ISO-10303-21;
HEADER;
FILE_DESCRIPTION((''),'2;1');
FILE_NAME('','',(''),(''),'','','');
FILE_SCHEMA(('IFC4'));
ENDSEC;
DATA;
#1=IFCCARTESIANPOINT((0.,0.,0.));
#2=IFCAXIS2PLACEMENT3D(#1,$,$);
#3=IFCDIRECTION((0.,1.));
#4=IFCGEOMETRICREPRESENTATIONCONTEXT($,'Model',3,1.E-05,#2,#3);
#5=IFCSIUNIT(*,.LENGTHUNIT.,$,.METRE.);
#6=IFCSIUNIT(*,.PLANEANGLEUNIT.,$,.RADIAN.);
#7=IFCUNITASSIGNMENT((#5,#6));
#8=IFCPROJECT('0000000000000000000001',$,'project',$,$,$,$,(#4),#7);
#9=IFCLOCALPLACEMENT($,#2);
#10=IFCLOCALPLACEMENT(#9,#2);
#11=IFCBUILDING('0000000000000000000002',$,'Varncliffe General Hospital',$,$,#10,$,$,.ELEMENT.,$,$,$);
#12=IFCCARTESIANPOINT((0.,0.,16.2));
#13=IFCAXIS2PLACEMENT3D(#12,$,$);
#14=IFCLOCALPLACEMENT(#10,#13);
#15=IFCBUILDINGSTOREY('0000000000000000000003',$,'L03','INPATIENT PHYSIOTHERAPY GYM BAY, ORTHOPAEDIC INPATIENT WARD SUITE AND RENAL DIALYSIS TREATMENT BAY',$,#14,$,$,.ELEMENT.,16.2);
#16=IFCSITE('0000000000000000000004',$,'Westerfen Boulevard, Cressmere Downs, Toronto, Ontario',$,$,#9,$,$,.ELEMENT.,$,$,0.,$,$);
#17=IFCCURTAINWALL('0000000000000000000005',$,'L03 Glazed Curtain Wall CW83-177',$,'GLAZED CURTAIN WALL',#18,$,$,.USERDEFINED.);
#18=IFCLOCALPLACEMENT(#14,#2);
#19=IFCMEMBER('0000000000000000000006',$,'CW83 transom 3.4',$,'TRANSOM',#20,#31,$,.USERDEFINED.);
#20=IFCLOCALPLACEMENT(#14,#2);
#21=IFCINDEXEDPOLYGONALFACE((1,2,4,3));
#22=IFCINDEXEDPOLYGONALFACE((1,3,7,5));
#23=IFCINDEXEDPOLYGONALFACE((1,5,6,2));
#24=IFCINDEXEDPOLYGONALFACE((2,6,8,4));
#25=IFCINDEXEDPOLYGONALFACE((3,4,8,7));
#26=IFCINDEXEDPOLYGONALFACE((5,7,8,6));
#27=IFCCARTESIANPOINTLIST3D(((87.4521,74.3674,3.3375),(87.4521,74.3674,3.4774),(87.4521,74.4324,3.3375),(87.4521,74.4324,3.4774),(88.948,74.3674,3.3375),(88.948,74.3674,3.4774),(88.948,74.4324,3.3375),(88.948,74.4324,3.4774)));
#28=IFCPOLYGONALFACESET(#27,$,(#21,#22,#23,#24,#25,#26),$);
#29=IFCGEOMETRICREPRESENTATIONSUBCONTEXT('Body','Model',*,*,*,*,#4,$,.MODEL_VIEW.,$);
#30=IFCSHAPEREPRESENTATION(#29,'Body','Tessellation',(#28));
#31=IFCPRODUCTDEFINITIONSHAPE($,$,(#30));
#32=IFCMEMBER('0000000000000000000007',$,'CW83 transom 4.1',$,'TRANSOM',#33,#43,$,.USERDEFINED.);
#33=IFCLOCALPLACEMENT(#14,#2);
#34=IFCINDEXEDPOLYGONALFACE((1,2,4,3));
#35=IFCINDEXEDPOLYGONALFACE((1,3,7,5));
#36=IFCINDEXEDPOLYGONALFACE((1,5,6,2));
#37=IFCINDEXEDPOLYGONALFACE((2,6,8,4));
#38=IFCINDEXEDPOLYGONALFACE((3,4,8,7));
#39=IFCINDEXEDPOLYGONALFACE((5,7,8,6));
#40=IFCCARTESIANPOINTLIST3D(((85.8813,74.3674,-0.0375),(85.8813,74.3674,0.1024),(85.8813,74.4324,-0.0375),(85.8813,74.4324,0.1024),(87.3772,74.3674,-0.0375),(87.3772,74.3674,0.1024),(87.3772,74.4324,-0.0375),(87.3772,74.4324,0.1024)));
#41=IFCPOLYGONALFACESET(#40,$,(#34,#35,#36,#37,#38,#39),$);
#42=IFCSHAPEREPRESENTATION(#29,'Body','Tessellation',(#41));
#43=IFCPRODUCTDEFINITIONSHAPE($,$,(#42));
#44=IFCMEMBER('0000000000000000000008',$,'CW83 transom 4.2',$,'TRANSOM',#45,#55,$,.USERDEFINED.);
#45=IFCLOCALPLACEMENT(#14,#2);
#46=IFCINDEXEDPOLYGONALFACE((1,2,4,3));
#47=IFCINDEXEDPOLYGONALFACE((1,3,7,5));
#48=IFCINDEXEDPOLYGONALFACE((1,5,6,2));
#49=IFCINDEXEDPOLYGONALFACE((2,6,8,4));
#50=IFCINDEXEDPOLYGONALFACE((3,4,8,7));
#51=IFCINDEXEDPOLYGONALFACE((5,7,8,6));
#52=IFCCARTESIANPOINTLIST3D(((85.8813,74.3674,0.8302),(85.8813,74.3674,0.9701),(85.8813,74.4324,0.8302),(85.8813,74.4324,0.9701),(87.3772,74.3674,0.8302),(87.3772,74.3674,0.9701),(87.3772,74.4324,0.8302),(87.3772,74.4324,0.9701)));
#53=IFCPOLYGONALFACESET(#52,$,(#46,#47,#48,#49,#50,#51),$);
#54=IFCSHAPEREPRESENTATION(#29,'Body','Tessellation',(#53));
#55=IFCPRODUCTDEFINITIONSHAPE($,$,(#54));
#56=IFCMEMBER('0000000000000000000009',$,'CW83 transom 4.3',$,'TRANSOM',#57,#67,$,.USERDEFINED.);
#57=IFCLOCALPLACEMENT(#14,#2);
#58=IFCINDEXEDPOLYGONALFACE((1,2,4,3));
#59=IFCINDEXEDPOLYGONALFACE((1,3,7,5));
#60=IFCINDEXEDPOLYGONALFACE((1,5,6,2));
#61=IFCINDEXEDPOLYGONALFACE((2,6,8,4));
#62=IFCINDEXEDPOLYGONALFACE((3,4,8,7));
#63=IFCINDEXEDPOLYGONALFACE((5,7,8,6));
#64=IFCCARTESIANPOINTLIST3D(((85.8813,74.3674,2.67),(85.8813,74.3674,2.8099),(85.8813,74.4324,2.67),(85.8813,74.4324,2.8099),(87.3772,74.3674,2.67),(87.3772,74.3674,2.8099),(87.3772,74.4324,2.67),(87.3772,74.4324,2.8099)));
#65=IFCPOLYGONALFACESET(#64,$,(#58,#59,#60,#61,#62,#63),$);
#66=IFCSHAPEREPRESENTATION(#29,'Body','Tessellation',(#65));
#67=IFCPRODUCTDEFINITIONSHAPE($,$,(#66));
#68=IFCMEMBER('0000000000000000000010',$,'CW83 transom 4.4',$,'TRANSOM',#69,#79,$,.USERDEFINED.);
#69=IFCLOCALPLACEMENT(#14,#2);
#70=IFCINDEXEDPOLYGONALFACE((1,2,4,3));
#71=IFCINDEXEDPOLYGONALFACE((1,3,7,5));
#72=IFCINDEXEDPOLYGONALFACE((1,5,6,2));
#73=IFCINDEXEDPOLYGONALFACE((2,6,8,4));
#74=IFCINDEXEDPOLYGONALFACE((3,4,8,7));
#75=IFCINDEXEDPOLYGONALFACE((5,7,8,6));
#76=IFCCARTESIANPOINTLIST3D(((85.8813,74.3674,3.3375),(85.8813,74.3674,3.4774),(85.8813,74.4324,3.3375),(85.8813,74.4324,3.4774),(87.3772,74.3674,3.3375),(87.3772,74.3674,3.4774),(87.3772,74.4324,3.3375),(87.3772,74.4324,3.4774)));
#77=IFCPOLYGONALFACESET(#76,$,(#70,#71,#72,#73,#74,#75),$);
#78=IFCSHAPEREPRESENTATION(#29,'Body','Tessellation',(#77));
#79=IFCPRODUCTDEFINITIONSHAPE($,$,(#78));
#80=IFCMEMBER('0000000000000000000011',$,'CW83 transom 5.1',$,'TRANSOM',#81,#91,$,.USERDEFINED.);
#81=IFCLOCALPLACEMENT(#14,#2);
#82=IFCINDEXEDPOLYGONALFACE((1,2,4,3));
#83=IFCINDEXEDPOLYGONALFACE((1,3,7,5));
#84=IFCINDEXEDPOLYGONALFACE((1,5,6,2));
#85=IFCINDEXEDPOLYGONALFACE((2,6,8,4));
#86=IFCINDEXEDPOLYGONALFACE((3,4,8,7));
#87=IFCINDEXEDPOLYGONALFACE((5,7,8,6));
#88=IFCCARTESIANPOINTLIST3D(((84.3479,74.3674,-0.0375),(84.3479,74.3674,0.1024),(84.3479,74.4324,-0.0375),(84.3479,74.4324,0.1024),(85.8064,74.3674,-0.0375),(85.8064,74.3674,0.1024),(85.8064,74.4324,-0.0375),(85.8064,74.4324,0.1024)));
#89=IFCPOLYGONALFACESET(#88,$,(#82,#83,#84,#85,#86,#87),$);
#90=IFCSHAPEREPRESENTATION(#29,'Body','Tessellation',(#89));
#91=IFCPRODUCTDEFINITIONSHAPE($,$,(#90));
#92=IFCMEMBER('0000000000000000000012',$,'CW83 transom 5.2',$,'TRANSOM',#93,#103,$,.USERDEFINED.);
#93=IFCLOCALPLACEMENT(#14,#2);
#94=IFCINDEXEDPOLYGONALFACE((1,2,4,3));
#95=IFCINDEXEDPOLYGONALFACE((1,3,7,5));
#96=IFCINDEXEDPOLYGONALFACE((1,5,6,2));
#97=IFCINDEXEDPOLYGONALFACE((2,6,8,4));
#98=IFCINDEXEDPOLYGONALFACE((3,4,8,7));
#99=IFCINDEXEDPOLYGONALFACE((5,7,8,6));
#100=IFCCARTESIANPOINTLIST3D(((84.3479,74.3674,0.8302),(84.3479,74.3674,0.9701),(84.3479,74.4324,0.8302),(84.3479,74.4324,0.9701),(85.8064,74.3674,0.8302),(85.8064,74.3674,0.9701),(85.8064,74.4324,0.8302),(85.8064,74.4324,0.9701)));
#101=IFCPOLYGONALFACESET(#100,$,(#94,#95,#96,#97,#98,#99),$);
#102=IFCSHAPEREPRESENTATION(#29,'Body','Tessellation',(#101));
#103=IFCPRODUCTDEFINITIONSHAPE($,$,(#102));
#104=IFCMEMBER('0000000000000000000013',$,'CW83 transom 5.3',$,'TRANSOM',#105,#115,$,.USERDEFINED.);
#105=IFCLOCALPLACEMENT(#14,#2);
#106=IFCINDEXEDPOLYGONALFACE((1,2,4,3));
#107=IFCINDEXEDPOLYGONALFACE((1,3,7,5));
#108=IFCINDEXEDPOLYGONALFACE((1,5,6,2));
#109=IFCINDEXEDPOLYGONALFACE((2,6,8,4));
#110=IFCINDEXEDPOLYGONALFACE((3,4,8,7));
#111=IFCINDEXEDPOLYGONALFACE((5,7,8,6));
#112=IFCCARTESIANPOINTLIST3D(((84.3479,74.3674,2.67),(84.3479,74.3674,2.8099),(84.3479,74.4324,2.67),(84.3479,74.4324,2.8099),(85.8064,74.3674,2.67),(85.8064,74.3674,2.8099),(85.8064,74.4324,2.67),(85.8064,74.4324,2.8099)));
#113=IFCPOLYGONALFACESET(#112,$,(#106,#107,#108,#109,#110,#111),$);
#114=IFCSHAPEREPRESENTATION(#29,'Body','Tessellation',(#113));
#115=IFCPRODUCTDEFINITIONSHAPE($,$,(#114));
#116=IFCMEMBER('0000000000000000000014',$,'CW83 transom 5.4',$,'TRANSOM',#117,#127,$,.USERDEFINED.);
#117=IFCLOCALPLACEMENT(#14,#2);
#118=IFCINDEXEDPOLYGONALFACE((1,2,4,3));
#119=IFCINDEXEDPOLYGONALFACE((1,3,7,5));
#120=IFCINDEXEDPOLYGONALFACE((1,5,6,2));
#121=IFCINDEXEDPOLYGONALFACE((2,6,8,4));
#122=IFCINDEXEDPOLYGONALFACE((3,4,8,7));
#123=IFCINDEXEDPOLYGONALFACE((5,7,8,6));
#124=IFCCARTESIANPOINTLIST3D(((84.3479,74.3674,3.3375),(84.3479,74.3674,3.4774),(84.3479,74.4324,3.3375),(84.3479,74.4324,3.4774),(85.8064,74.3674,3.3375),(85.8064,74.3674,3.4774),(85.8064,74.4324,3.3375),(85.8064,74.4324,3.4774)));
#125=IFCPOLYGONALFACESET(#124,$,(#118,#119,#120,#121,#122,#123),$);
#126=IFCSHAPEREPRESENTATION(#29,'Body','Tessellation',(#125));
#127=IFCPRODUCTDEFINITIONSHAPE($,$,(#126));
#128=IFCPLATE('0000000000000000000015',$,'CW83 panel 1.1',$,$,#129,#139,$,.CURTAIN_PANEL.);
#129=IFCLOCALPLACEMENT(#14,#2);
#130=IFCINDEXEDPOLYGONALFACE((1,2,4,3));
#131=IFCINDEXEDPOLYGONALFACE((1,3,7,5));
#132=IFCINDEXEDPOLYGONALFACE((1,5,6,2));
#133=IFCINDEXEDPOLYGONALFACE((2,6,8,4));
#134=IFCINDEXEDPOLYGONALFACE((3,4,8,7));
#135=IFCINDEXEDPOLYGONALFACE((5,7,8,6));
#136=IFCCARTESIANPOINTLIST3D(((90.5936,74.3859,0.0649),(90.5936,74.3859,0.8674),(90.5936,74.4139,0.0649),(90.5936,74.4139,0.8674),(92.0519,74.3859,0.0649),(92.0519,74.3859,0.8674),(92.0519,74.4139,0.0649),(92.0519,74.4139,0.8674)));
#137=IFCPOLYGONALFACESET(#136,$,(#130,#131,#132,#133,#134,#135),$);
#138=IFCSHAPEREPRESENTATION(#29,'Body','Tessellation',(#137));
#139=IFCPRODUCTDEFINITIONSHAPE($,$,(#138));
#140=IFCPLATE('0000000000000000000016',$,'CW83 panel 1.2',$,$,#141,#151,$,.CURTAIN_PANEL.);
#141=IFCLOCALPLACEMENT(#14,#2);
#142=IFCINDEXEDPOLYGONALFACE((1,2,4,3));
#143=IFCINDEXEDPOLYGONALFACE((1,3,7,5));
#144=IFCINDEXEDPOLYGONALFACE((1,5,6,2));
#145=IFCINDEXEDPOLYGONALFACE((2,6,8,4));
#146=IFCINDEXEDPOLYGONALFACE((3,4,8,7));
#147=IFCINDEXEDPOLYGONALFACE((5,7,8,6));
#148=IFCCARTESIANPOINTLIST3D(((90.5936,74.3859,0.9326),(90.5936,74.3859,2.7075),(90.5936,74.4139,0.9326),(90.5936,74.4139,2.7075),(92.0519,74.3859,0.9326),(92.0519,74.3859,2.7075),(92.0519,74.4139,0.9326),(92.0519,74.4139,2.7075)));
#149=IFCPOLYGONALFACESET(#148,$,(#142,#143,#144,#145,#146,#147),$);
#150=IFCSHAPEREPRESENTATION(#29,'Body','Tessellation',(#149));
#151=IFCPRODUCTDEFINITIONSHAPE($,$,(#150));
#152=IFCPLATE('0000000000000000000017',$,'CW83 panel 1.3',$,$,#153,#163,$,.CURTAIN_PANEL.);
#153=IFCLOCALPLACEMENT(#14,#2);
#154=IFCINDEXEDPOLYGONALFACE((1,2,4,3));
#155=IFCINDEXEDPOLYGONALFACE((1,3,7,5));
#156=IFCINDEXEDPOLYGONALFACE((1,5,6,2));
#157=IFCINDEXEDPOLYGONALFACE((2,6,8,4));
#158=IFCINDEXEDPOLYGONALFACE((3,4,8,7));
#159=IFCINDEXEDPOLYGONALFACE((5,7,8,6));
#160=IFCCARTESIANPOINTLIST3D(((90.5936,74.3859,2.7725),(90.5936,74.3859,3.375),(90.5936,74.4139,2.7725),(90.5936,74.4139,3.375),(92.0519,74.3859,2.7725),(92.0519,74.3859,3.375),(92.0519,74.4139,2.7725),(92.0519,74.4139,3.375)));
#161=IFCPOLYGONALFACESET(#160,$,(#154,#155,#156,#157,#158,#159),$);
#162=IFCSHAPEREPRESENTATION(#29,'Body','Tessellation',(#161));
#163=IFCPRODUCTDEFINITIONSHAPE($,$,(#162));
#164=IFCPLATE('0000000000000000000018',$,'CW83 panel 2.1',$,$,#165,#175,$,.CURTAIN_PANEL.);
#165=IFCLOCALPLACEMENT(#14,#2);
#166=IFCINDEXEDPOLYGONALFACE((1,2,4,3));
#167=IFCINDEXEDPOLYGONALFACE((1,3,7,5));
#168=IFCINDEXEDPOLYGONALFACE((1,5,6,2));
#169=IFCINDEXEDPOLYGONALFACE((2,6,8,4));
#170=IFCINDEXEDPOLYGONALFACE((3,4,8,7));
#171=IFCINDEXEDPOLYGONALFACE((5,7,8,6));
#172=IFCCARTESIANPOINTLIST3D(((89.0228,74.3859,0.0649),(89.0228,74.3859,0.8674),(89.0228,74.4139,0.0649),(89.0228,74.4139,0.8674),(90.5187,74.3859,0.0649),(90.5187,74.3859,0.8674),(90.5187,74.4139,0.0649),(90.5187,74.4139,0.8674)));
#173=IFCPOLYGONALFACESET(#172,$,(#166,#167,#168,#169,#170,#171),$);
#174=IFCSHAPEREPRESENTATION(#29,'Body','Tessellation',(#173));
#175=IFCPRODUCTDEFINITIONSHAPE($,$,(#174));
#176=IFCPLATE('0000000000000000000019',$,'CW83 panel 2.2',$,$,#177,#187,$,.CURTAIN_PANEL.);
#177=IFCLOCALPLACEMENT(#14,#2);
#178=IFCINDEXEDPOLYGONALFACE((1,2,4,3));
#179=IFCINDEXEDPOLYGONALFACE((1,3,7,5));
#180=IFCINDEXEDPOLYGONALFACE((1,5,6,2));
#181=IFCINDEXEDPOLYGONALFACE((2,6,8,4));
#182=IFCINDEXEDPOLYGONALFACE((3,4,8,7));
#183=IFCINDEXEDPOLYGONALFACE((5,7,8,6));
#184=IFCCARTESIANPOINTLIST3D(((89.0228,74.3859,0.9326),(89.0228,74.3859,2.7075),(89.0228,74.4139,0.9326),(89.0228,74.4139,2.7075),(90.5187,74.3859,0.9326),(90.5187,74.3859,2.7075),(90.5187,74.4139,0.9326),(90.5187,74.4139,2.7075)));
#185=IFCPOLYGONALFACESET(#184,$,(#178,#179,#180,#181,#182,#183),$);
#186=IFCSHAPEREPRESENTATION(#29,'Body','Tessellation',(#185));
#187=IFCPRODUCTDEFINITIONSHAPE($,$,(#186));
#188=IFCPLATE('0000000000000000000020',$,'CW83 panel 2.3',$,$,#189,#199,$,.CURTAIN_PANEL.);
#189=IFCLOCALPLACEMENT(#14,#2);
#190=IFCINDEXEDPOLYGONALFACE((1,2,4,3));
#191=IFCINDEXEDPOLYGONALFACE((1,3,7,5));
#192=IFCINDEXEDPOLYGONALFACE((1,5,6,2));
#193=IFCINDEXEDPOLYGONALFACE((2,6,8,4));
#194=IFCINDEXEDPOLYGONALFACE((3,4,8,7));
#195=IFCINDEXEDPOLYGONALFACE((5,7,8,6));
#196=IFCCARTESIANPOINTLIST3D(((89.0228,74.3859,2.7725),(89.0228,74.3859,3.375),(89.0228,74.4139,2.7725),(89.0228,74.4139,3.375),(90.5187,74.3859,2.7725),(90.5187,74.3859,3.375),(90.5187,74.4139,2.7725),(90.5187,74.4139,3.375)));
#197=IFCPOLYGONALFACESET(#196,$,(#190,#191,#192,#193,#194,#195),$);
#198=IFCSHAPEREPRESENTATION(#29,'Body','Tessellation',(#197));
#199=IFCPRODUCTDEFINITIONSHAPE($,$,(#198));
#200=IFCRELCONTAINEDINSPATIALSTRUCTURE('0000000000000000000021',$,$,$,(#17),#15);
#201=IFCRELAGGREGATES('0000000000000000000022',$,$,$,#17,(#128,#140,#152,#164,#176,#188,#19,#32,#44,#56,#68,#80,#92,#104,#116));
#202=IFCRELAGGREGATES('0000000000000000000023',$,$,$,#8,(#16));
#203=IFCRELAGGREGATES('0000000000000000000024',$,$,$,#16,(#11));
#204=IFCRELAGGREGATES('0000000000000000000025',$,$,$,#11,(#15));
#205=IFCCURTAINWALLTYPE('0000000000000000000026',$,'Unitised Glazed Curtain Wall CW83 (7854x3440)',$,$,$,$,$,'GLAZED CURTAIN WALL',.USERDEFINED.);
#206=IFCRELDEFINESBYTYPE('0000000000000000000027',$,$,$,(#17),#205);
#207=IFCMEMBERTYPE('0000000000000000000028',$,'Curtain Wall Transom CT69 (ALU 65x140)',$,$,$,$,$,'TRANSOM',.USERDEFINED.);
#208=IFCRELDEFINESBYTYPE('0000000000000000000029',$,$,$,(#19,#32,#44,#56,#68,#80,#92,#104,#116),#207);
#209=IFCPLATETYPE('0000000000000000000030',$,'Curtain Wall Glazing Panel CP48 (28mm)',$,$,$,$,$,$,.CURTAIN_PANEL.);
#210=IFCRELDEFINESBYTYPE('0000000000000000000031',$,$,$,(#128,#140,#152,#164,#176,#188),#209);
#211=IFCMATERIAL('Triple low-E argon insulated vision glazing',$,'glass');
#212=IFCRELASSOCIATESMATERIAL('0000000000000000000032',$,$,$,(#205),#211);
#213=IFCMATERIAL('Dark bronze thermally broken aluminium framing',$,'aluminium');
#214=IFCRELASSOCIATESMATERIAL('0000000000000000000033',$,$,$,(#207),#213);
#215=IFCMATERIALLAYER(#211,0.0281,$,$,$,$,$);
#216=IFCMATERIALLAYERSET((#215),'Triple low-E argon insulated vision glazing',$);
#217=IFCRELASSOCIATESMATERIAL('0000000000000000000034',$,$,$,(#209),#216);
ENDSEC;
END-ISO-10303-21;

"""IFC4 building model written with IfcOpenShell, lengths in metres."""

from ifc_helpers import new_model, si_unit, direction, frame, origin, origin_2d, place, context, subcontext, project, spatial, rectangle, extrude, material, layer, layer_set, material_profile, profile_set, type_object, element, aggregate, save


model = new_model("IFC4")

# Units and contexts
model_context = context("Model", 3, precision=1e-05, world=origin(), true_north=direction((0.0, 1.0)))
body_context = subcontext(model_context, "Body", "Model", "MODEL_VIEW")
ifc_project = project(units=[si_unit("LENGTHUNIT", "METRE"), si_unit("PLANEANGLEUNIT", "RADIAN")], contexts=[model_context])

# Site, building, storey
site_placement = place(None, origin())
site = spatial("IfcSite", under=ifc_project, at=site_placement, Name="Westerfen Boulevard, Cressmere Downs, Toronto, Ontario", CompositionType="ELEMENT", RefElevation=0.0)
building_placement = place(site_placement, origin())
building = spatial("IfcBuilding", under=site, at=building_placement, Name="Varncliffe General Hospital", CompositionType="ELEMENT")
storey_placement = place(building_placement, frame((0.0, 0.0, 16.2)))
storey = spatial("IfcBuildingStorey", under=building, at=storey_placement, Name="L03", Description="INPATIENT PHYSIOTHERAPY GYM BAY, ORTHOPAEDIC INPATIENT WARD SUITE AND RENAL DIALYSIS TREATMENT BAY", CompositionType="ELEMENT", Elevation=16.2)

# Curtain wall, members, plates
ifc_material_1 = material(Name="Triple low-E argon insulated vision glazing", Category="glass")
curtain_wall_type = type_object("IfcCurtainWallType", Name="Unitised Glazed Curtain Wall CW83 (7854x3440)", ElementType="GLAZED CURTAIN WALL", PredefinedType="USERDEFINED", material=ifc_material_1)
curtain_wall_placement = place(storey_placement, origin())
curtain_wall = element("IfcCurtainWall", 1, at=curtain_wall_placement, inside=storey, type_object=curtain_wall_type, Name="L03 Glazed Curtain Wall CW83-177", ObjectType="GLAZED CURTAIN WALL", PredefinedType="USERDEFINED")
ifc_material_2 = material(Name="Dark bronze thermally broken aluminium framing", Category="aluminium")
ifc_material_profile_1 = material_profile(ifc_material_2, rectangle(XDim=0.0649, YDim=0.1399, at=origin_2d()), Name="ALU 65x140")
ifc_profile_set_1 = profile_set([ifc_material_profile_1], Name="Dark bronze thermally broken aluminium framing")
member_type_1 = type_object("IfcMemberType", Name="Curtain Wall Transom CT69 (ALU 65x140)", ElementType="TRANSOM", PredefinedType="USERDEFINED", material=ifc_profile_set_1)
member_1_placement = place(storey_placement, frame((88.948, 74.3999, 3.4075), z_axis=(-1.0, 0.0, 0.0), x_axis=(0.0, -1.0, 0.0)))
member_1 = element("IfcMember", 2, at=member_1_placement, type_object=member_type_1, Name="CW83 transom 3.4", ObjectType="TRANSOM", PredefinedType="USERDEFINED", context=body_context, shape_type="SweptSolid", body=[
    extrude(rectangle(XDim=0.0649, YDim=0.1399, at=origin_2d()), origin(), (0.0, 0.0, 1.0), 1.4958),
])
member_2_placement = place(storey_placement, frame((87.3772, 74.3999, 0.0325), z_axis=(-1.0, 0.0, 0.0), x_axis=(0.0, -1.0, 0.0)))
member_2 = element("IfcMember", 3, at=member_2_placement, type_object=member_type_1, Name="CW83 transom 4.1", ObjectType="TRANSOM", PredefinedType="USERDEFINED", context=body_context, shape_type="SweptSolid", body=[
    extrude(rectangle(XDim=0.0649, YDim=0.1399, at=origin_2d()), origin(), (0.0, 0.0, 1.0), 1.4958),
])
member_3_placement = place(storey_placement, frame((87.3772, 74.3999, 0.9001), z_axis=(-1.0, 0.0, 0.0), x_axis=(0.0, -1.0, 0.0)))
member_3 = element("IfcMember", 4, at=member_3_placement, type_object=member_type_1, Name="CW83 transom 4.2", ObjectType="TRANSOM", PredefinedType="USERDEFINED", context=body_context, shape_type="SweptSolid", body=[
    extrude(rectangle(XDim=0.0649, YDim=0.1399, at=origin_2d()), origin(), (0.0, 0.0, 1.0), 1.4958),
])
member_4_placement = place(storey_placement, frame((87.3772, 74.3999, 2.74), z_axis=(-1.0, 0.0, 0.0), x_axis=(0.0, -1.0, 0.0)))
member_4 = element("IfcMember", 5, at=member_4_placement, type_object=member_type_1, Name="CW83 transom 4.3", ObjectType="TRANSOM", PredefinedType="USERDEFINED", context=body_context, shape_type="SweptSolid", body=[
    extrude(rectangle(XDim=0.0649, YDim=0.1399, at=origin_2d()), origin(), (0.0, 0.0, 1.0), 1.4958),
])
member_5_placement = place(storey_placement, frame((87.3772, 74.3999, 3.4075), z_axis=(-1.0, 0.0, 0.0), x_axis=(0.0, -1.0, 0.0)))
member_5 = element("IfcMember", 6, at=member_5_placement, type_object=member_type_1, Name="CW83 transom 4.4", ObjectType="TRANSOM", PredefinedType="USERDEFINED", context=body_context, shape_type="SweptSolid", body=[
    extrude(rectangle(XDim=0.0649, YDim=0.1399, at=origin_2d()), origin(), (0.0, 0.0, 1.0), 1.4958),
])
member_6_placement = place(storey_placement, frame((85.8064, 74.3999, 0.0325), z_axis=(-1.0, 0.0, 0.0), x_axis=(0.0, -1.0, 0.0)))
member_6 = element("IfcMember", 7, at=member_6_placement, type_object=member_type_1, Name="CW83 transom 5.1", ObjectType="TRANSOM", PredefinedType="USERDEFINED", context=body_context, shape_type="SweptSolid", body=[
    extrude(rectangle(XDim=0.0649, YDim=0.1399, at=origin_2d()), origin(), (0.0, 0.0, 1.0), 1.4585),
])
member_7_placement = place(storey_placement, frame((85.8064, 74.3999, 0.9001), z_axis=(-1.0, 0.0, 0.0), x_axis=(0.0, -1.0, 0.0)))
member_7 = element("IfcMember", 8, at=member_7_placement, type_object=member_type_1, Name="CW83 transom 5.2", ObjectType="TRANSOM", PredefinedType="USERDEFINED", context=body_context, shape_type="SweptSolid", body=[
    extrude(rectangle(XDim=0.0649, YDim=0.1399, at=origin_2d()), origin(), (0.0, 0.0, 1.0), 1.4585),
])
member_8_placement = place(storey_placement, frame((85.8064, 74.3999, 2.74), z_axis=(-1.0, 0.0, 0.0), x_axis=(0.0, -1.0, 0.0)))
member_8 = element("IfcMember", 9, at=member_8_placement, type_object=member_type_1, Name="CW83 transom 5.3", ObjectType="TRANSOM", PredefinedType="USERDEFINED", context=body_context, shape_type="SweptSolid", body=[
    extrude(rectangle(XDim=0.0649, YDim=0.1399, at=origin_2d()), origin(), (0.0, 0.0, 1.0), 1.4585),
])
member_9_placement = place(storey_placement, frame((85.8064, 74.3999, 3.4075), z_axis=(-1.0, 0.0, 0.0), x_axis=(0.0, -1.0, 0.0)))
member_9 = element("IfcMember", 10, at=member_9_placement, type_object=member_type_1, Name="CW83 transom 5.4", ObjectType="TRANSOM", PredefinedType="USERDEFINED", context=body_context, shape_type="SweptSolid", body=[
    extrude(rectangle(XDim=0.0649, YDim=0.1399, at=origin_2d()), origin(), (0.0, 0.0, 1.0), 1.4585),
])
ifc_layer = layer(ifc_material_1, 0.0281)
ifc_layer_set = layer_set([ifc_layer], Name="Triple low-E argon insulated vision glazing")
plate_type = type_object("IfcPlateType", Name="Curtain Wall Glazing Panel CP48 (28mm)", PredefinedType="CURTAIN_PANEL", material=ifc_layer_set)
plate_1_placement = place(storey_placement, frame((91.3228, 74.3999, 0.0649), z_axis=(0.0, 0.0, 1.0), x_axis=(-1.0, 0.0, 0.0)))
plate_1 = element("IfcPlate", 11, at=plate_1_placement, type_object=plate_type, Name="CW83 panel 1.1", PredefinedType="CURTAIN_PANEL", context=body_context, shape_type="SweptSolid", body=[
    extrude(rectangle(XDim=1.4583, YDim=0.0281, at=origin_2d()), origin(), (0.0, 0.0, 1.0), 0.8025),
])
plate_2_placement = place(storey_placement, frame((91.3228, 74.3999, 0.9326), z_axis=(0.0, 0.0, 1.0), x_axis=(-1.0, 0.0, 0.0)))
plate_2 = element("IfcPlate", 12, at=plate_2_placement, type_object=plate_type, Name="CW83 panel 1.2", PredefinedType="CURTAIN_PANEL", context=body_context, shape_type="SweptSolid", body=[
    extrude(rectangle(XDim=1.4583, YDim=0.0281, at=origin_2d()), origin(), (0.0, 0.0, 1.0), 1.7749),
])
plate_3_placement = place(storey_placement, frame((91.3228, 74.3999, 2.7725), z_axis=(0.0, 0.0, 1.0), x_axis=(-1.0, 0.0, 0.0)))
plate_3 = element("IfcPlate", 13, at=plate_3_placement, type_object=plate_type, Name="CW83 panel 1.3", PredefinedType="CURTAIN_PANEL", context=body_context, shape_type="SweptSolid", body=[
    extrude(rectangle(XDim=1.4583, YDim=0.0281, at=origin_2d()), origin(), (0.0, 0.0, 1.0), 0.6025),
])
plate_4_placement = place(storey_placement, frame((89.7708, 74.3999, 0.0649), z_axis=(0.0, 0.0, 1.0), x_axis=(-1.0, 0.0, 0.0)))
plate_4 = element("IfcPlate", 14, at=plate_4_placement, type_object=plate_type, Name="CW83 panel 2.1", PredefinedType="CURTAIN_PANEL", context=body_context, shape_type="SweptSolid", body=[
    extrude(rectangle(XDim=1.4958, YDim=0.0281, at=origin_2d()), origin(), (0.0, 0.0, 1.0), 0.8025),
])
plate_5_placement = place(storey_placement, frame((89.7708, 74.3999, 0.9326), z_axis=(0.0, 0.0, 1.0), x_axis=(-1.0, 0.0, 0.0)))
plate_5 = element("IfcPlate", 15, at=plate_5_placement, type_object=plate_type, Name="CW83 panel 2.2", PredefinedType="CURTAIN_PANEL", context=body_context, shape_type="SweptSolid", body=[
    extrude(rectangle(XDim=1.4958, YDim=0.0281, at=origin_2d()), origin(), (0.0, 0.0, 1.0), 1.7749),
])
plate_6_placement = place(storey_placement, frame((89.7708, 74.3999, 2.7725), z_axis=(0.0, 0.0, 1.0), x_axis=(-1.0, 0.0, 0.0)))
plate_6 = element("IfcPlate", 16, at=plate_6_placement, type_object=plate_type, Name="CW83 panel 2.3", PredefinedType="CURTAIN_PANEL", context=body_context, shape_type="SweptSolid", body=[
    extrude(rectangle(XDim=1.4958, YDim=0.0281, at=origin_2d()), origin(), (0.0, 0.0, 1.0), 0.6025),
])
aggregate(curtain_wall, [plate_1, plate_2, plate_3, plate_4, plate_5, plate_6, member_1, member_2, member_3, member_4, member_5, member_6, member_7, member_8, member_9])

save(model, "model.ifc")
